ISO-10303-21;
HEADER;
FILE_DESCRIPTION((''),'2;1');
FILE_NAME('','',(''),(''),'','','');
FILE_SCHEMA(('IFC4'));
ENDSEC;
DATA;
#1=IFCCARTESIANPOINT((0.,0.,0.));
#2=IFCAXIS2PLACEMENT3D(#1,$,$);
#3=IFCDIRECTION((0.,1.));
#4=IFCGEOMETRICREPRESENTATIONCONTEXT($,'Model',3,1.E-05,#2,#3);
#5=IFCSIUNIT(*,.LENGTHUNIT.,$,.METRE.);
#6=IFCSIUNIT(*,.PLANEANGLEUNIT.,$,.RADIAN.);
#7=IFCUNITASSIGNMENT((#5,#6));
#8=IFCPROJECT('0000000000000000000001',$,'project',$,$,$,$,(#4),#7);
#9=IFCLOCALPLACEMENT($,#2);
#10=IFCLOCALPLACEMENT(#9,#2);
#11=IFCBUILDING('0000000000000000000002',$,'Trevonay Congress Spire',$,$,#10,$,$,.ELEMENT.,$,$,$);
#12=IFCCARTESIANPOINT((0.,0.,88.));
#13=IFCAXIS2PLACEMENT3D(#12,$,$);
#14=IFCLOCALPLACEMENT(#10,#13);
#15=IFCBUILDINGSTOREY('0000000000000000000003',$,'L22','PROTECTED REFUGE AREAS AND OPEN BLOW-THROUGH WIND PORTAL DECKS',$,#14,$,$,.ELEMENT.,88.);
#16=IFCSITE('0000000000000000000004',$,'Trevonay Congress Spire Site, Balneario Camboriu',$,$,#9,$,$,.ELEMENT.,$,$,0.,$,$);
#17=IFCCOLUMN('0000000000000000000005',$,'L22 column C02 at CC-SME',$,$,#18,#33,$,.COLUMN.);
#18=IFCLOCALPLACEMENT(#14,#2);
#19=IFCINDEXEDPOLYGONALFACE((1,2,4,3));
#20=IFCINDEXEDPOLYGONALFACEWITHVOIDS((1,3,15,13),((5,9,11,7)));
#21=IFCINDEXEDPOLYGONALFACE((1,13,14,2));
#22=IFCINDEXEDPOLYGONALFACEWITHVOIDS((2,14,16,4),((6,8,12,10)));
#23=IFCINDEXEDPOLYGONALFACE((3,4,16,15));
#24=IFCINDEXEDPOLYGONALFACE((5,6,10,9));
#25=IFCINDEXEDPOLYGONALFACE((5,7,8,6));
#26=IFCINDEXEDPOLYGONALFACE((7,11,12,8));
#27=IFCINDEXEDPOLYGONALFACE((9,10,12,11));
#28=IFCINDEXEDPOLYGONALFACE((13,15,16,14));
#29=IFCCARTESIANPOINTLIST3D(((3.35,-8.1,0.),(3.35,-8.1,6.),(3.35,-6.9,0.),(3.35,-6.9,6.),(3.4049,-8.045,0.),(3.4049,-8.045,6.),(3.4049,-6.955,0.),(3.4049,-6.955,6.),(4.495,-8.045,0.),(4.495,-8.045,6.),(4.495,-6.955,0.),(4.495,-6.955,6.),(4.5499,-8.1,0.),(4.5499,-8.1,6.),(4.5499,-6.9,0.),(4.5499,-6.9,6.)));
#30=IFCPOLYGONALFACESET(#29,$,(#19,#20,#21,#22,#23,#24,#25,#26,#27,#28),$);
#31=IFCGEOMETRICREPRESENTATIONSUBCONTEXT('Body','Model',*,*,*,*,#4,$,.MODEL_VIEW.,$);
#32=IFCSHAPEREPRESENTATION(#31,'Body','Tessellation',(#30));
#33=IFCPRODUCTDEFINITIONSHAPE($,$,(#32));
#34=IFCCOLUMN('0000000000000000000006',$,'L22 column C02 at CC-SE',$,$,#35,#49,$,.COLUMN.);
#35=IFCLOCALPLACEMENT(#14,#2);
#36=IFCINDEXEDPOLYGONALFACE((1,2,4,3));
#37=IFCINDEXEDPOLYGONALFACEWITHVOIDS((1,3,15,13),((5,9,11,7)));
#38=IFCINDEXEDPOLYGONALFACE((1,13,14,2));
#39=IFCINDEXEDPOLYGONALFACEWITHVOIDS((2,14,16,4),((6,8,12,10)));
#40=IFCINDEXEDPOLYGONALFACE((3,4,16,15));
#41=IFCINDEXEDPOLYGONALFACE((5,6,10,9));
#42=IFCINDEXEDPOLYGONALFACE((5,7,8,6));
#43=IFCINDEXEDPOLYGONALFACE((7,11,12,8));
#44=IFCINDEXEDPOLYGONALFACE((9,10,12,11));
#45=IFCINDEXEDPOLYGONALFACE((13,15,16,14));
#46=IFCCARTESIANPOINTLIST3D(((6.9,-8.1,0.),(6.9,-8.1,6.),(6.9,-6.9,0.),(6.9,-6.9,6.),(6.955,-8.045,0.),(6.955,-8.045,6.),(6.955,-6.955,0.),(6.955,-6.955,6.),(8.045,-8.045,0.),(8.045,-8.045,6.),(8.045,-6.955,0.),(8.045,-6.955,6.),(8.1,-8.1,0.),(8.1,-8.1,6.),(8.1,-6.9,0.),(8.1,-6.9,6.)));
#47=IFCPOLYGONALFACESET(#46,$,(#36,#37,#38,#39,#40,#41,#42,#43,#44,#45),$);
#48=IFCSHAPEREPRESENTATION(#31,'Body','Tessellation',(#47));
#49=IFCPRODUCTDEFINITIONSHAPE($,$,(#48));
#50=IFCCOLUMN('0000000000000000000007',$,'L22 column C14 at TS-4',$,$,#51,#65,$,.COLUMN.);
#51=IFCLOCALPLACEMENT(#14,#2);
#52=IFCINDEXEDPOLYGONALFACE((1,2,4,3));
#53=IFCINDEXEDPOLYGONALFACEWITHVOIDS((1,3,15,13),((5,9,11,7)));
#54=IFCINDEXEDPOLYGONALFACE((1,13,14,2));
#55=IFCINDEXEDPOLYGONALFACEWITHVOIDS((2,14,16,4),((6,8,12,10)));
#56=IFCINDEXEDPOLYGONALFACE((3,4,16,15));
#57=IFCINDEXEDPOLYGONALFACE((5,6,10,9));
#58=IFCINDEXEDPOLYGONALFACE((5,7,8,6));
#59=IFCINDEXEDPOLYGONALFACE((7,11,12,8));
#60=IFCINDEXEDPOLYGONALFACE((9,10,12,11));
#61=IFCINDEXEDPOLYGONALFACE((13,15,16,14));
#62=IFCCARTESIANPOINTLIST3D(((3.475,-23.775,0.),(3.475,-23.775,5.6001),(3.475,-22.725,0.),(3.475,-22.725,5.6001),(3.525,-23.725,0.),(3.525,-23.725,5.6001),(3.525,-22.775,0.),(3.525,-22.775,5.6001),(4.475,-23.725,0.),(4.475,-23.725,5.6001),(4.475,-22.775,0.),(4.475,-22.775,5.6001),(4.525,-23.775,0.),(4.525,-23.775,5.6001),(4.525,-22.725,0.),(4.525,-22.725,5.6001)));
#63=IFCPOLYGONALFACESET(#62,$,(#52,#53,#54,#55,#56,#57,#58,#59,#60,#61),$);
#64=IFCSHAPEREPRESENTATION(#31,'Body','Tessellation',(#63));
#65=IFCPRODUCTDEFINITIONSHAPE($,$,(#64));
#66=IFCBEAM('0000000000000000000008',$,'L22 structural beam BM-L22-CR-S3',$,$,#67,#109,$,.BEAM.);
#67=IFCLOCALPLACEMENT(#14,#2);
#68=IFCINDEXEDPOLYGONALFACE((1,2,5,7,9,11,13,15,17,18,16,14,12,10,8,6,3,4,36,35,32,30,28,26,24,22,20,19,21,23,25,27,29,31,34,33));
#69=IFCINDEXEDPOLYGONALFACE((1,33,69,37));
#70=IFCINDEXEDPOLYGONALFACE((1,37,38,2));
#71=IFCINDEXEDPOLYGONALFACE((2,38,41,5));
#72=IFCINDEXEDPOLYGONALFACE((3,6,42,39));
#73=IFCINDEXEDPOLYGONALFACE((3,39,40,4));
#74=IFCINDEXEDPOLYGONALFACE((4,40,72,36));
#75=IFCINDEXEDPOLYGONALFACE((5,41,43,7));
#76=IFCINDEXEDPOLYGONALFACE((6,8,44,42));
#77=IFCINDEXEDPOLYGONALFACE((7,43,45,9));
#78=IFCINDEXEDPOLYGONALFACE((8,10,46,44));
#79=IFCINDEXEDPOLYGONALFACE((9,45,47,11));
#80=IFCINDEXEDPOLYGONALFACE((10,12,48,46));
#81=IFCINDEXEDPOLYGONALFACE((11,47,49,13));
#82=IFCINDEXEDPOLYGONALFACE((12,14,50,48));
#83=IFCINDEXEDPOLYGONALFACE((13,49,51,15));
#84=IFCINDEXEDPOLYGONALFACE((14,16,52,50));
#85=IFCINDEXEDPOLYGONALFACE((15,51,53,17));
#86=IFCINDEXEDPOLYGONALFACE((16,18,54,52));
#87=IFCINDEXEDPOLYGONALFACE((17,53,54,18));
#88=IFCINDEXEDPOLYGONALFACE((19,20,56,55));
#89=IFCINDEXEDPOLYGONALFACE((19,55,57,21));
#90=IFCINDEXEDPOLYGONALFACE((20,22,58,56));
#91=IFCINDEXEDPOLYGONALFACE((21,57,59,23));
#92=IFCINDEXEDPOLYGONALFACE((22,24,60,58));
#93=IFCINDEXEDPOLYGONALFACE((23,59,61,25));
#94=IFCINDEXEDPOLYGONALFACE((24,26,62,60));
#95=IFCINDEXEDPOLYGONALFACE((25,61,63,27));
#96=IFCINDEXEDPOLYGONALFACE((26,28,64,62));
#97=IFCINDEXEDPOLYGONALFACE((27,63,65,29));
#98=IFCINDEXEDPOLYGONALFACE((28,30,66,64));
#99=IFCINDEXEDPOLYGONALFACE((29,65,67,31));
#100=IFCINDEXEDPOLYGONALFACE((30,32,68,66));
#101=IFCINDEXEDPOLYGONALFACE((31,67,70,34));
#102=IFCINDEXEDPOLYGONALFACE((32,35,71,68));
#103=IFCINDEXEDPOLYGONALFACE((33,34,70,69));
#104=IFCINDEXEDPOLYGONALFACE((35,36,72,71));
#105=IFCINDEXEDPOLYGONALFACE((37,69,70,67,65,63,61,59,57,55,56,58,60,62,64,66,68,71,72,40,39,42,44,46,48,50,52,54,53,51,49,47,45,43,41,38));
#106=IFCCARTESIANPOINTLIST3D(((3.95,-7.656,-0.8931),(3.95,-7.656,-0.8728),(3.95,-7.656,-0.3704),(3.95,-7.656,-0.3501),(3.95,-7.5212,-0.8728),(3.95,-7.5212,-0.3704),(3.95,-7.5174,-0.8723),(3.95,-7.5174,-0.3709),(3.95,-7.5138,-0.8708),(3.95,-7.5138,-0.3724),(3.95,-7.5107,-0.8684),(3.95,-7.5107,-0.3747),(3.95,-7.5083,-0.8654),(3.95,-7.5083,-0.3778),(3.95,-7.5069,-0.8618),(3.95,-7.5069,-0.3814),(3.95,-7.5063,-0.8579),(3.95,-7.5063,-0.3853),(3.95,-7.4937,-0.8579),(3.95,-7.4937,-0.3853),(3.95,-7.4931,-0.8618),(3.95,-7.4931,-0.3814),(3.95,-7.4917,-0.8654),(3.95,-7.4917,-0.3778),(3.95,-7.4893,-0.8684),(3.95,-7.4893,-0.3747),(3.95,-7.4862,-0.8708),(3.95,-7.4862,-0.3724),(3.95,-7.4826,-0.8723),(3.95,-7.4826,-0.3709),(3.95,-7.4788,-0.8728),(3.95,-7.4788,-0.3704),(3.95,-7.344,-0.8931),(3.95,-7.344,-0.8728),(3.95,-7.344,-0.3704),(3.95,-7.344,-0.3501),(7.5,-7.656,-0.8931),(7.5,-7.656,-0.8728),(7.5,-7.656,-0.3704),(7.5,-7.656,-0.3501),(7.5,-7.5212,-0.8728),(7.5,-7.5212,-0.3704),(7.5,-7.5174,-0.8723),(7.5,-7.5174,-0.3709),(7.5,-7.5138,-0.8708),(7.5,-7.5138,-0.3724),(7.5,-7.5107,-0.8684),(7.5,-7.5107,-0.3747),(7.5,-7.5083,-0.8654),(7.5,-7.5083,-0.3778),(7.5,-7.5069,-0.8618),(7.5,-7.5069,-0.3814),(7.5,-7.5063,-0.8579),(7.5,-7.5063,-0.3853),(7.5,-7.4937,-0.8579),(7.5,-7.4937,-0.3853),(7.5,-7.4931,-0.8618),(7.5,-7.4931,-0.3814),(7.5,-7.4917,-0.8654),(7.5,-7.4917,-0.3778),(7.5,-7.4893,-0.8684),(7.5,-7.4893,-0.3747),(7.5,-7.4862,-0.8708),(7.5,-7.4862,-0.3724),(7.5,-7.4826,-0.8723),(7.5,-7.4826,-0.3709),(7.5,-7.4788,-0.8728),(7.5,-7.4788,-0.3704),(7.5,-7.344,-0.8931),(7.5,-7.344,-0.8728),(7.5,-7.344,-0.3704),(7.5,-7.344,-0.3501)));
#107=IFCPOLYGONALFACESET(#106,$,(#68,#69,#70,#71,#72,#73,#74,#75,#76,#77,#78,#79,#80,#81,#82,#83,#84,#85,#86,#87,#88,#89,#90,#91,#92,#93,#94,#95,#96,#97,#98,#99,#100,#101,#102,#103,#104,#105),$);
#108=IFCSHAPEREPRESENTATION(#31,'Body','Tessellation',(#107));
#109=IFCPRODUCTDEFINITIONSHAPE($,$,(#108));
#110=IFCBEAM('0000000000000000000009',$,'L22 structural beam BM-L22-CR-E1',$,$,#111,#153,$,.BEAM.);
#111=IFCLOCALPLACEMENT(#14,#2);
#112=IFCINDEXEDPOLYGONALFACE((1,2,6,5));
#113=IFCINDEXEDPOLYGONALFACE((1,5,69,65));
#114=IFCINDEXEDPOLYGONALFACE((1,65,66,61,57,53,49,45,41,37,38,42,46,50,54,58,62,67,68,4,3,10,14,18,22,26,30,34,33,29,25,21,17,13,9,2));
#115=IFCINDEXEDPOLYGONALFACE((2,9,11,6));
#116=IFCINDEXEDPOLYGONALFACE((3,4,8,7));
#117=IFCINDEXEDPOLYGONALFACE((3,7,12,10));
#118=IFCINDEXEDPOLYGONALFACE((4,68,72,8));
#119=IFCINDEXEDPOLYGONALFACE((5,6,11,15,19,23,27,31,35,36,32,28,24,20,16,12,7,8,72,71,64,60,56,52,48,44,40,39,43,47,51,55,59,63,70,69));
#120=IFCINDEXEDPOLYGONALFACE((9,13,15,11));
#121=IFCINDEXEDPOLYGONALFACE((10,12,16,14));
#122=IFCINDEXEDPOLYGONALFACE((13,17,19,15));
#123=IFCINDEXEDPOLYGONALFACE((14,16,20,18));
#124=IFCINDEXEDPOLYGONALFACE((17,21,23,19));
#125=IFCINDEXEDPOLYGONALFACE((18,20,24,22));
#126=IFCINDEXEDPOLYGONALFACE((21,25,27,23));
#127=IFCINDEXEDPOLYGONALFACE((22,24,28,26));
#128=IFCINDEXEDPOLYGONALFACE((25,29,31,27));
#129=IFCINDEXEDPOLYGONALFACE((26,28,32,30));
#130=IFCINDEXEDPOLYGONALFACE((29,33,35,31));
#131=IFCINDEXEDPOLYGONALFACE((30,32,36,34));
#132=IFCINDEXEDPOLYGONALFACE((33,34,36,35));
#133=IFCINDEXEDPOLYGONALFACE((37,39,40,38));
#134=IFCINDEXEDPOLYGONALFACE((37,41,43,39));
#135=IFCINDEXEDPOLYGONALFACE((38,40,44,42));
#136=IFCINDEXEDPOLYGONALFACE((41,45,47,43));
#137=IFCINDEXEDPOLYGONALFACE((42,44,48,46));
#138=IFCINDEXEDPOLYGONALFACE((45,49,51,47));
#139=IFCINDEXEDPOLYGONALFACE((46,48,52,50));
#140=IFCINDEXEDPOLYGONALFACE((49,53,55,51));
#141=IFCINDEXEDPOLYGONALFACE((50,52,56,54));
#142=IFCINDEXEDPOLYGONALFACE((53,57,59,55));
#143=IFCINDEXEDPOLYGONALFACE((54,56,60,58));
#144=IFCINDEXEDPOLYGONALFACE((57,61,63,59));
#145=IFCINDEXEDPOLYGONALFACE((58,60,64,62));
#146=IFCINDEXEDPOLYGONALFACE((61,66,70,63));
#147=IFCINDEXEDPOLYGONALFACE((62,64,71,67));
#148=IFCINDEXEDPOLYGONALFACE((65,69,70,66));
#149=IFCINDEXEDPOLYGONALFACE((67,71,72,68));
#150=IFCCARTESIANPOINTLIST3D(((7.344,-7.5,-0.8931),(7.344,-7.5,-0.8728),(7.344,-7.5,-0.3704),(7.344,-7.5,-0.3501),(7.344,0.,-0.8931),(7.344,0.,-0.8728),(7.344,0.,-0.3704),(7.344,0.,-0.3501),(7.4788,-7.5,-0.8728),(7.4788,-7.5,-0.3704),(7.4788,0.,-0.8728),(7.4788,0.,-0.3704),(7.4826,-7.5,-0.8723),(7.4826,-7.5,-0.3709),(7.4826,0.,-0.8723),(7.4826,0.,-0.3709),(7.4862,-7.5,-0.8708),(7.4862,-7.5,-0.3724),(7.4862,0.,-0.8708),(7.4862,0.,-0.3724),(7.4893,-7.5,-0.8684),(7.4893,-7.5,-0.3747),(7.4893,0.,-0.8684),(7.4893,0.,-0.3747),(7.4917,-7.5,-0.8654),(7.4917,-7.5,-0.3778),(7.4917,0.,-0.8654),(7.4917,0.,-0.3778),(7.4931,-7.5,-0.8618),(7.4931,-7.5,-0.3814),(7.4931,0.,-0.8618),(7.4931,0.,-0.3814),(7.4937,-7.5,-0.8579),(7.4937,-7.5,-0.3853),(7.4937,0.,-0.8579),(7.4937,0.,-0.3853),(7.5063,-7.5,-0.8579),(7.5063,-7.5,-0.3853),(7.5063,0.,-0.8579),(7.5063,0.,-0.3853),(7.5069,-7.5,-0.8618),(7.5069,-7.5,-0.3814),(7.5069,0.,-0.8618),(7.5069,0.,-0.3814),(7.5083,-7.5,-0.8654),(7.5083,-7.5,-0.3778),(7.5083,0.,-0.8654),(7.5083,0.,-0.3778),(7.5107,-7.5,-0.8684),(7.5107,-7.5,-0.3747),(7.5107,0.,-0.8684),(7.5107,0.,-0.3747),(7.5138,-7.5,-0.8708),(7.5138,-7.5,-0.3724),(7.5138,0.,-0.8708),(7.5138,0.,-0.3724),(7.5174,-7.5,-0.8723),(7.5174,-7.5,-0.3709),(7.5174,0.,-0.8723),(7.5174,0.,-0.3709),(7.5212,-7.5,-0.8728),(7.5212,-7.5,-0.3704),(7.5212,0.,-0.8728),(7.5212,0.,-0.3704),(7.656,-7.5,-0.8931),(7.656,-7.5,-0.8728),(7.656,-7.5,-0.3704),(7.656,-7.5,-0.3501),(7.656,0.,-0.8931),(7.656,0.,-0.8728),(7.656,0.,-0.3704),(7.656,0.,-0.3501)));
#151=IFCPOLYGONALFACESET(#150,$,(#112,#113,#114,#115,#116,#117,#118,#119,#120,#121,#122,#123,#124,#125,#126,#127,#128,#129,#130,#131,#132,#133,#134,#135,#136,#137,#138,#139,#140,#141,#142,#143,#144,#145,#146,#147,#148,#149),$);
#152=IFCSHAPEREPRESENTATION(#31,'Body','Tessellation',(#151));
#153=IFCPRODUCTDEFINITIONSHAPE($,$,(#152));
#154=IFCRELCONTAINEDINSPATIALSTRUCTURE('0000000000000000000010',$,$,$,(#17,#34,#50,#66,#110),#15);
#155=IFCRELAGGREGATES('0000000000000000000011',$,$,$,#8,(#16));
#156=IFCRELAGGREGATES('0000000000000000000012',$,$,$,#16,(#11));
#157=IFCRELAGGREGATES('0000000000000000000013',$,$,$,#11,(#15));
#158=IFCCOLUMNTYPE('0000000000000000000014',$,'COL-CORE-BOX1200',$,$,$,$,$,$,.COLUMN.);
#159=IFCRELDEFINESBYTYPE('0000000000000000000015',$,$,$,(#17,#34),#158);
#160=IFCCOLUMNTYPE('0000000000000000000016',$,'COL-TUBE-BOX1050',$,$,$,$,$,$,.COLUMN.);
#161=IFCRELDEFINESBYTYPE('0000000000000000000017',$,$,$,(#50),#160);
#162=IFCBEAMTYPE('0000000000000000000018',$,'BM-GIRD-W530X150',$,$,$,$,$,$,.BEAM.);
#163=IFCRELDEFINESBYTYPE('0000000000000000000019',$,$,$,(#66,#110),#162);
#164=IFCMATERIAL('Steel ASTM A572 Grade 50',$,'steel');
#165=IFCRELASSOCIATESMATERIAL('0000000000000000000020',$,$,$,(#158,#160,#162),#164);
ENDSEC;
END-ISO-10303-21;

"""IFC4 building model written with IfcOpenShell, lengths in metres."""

from ifc_helpers import new_model, si_unit, direction, frame, origin, origin_2d, place, context, subcontext, project, spatial, hollow_rectangle, i_section, extrude, material, material_profile, profile_set, type_object, element, save


model = new_model("IFC4")

# Units and contexts
model_context = context("Model", 3, precision=1e-05, world=origin(), true_north=direction((0.0, 1.0)))
body_context = subcontext(model_context, "Body", "Model", "MODEL_VIEW")
ifc_project = project(units=[si_unit("LENGTHUNIT", "METRE"), si_unit("PLANEANGLEUNIT", "RADIAN")], contexts=[model_context])

# Site, building, storey
site_placement = place(None, origin())
site = spatial("IfcSite", under=ifc_project, at=site_placement, Name="Trevonay Congress Spire Site, Balneario Camboriu", CompositionType="ELEMENT", RefElevation=0.0)
building_placement = place(site_placement, origin())
building = spatial("IfcBuilding", under=site, at=building_placement, Name="Trevonay Congress Spire", CompositionType="ELEMENT")
storey_placement = place(building_placement, frame((0.0, 0.0, 88.0)))
storey = spatial("IfcBuildingStorey", under=building, at=storey_placement, Name="L22", Description="PROTECTED REFUGE AREAS AND OPEN BLOW-THROUGH WIND PORTAL DECKS", CompositionType="ELEMENT", Elevation=88.0)

# Columns
ifc_material_1 = material(Name="Steel ASTM A572 Grade 50", Category="steel")
ifc_material_profile_1 = material_profile(ifc_material_1, hollow_rectangle(XDim=1.2, YDim=1.2, WallThickness=0.0549, at=origin_2d()), Name="BOX 1200x1200x55")
ifc_profile_set_1 = profile_set([ifc_material_profile_1], Name="Steel ASTM A572 Grade 50")
column_type_1 = type_object("IfcColumnType", Name="COL-CORE-BOX1200", PredefinedType="COLUMN", material=ifc_profile_set_1)
for number, where, z_axis, x_axis, name in (
    (1, (3.95, -7.5, 0.0), (0.0, 0.0, 1.0), (1.0, 0.0, 0.0), "L22 column C02 at CC-SME"),
    (2, (7.5, -7.5, 0.0), (0.0, 0.0, 1.0), (1.0, 0.0, 0.0), "L22 column C02 at CC-SE"),
):
    element("IfcColumn", number, at=place(storey_placement, frame(where, z_axis=z_axis, x_axis=x_axis)), inside=storey, type_object=column_type_1, Name=name, PredefinedType="COLUMN", context=body_context, shape_type="SweptSolid", body=[
        extrude(hollow_rectangle(XDim=1.2, YDim=1.2, WallThickness=0.0549, at=origin_2d()), origin(), (0.0, 0.0, 1.0), 6.0),
    ])
ifc_material_profile_2 = material_profile(ifc_material_1, hollow_rectangle(XDim=1.05, YDim=1.05, WallThickness=0.05, at=origin_2d()), Name="BOX 1050x1050x50")
ifc_profile_set_2 = profile_set([ifc_material_profile_2], Name="Steel ASTM A572 Grade 50")
column_type_2 = type_object("IfcColumnType", Name="COL-TUBE-BOX1050", PredefinedType="COLUMN", material=ifc_profile_set_2)
column_placement = place(storey_placement, frame((4.0, -23.25, 0.0), z_axis=(0.0, 0.0, 1.0), x_axis=(1.0, 0.0, 0.0)))
element("IfcColumn", 3, at=column_placement, inside=storey, type_object=column_type_2, Name="L22 column C14 at TS-4", PredefinedType="COLUMN", context=body_context, shape_type="SweptSolid", body=[
    extrude(hollow_rectangle(XDim=1.05, YDim=1.05, WallThickness=0.05, at=origin_2d()), origin(), (0.0, 0.0, 1.0), 5.6001),
])

# Beams
ifc_material_profile_3 = material_profile(ifc_material_1, i_section(OverallWidth=0.312, OverallDepth=0.543, WebThickness=0.0127, FlangeThickness=0.0203, FilletRadius=0.0149, at=origin_2d()), Name="W530x150")
ifc_profile_set_3 = profile_set([ifc_material_profile_3], Name="Steel ASTM A572 Grade 50")
beam_type_1 = type_object("IfcBeamType", Name="BM-GIRD-W530X150", PredefinedType="BEAM", material=ifc_profile_set_3)
beam_1_placement = place(storey_placement, frame((3.95, -7.5, -0.6216), z_axis=(1.0, 0.0, 0.0), x_axis=(0.0, 1.0, 0.0)))
element("IfcBeam", 4, at=beam_1_placement, inside=storey, type_object=beam_type_1, Name="L22 structural beam BM-L22-CR-S3", PredefinedType="BEAM", context=body_context, shape_type="SweptSolid", body=[
    extrude(i_section(OverallWidth=0.312, OverallDepth=0.543, WebThickness=0.0127, FlangeThickness=0.0203, FilletRadius=0.0149, at=origin_2d()), origin(), (0.0, 0.0, 1.0), 3.55),
])
beam_2_placement = place(storey_placement, frame((7.5, -7.5, -0.6216), z_axis=(0.0, 1.0, 0.0), x_axis=(-1.0, 0.0, 0.0)))
element("IfcBeam", 5, at=beam_2_placement, inside=storey, type_object=beam_type_1, Name="L22 structural beam BM-L22-CR-E1", PredefinedType="BEAM", context=body_context, shape_type="SweptSolid", body=[
    extrude(i_section(OverallWidth=0.312, OverallDepth=0.543, WebThickness=0.0127, FlangeThickness=0.0203, FilletRadius=0.0149, at=origin_2d()), origin(), (0.0, 0.0, 1.0), 7.5),
])

save(model, "model.ifc")
